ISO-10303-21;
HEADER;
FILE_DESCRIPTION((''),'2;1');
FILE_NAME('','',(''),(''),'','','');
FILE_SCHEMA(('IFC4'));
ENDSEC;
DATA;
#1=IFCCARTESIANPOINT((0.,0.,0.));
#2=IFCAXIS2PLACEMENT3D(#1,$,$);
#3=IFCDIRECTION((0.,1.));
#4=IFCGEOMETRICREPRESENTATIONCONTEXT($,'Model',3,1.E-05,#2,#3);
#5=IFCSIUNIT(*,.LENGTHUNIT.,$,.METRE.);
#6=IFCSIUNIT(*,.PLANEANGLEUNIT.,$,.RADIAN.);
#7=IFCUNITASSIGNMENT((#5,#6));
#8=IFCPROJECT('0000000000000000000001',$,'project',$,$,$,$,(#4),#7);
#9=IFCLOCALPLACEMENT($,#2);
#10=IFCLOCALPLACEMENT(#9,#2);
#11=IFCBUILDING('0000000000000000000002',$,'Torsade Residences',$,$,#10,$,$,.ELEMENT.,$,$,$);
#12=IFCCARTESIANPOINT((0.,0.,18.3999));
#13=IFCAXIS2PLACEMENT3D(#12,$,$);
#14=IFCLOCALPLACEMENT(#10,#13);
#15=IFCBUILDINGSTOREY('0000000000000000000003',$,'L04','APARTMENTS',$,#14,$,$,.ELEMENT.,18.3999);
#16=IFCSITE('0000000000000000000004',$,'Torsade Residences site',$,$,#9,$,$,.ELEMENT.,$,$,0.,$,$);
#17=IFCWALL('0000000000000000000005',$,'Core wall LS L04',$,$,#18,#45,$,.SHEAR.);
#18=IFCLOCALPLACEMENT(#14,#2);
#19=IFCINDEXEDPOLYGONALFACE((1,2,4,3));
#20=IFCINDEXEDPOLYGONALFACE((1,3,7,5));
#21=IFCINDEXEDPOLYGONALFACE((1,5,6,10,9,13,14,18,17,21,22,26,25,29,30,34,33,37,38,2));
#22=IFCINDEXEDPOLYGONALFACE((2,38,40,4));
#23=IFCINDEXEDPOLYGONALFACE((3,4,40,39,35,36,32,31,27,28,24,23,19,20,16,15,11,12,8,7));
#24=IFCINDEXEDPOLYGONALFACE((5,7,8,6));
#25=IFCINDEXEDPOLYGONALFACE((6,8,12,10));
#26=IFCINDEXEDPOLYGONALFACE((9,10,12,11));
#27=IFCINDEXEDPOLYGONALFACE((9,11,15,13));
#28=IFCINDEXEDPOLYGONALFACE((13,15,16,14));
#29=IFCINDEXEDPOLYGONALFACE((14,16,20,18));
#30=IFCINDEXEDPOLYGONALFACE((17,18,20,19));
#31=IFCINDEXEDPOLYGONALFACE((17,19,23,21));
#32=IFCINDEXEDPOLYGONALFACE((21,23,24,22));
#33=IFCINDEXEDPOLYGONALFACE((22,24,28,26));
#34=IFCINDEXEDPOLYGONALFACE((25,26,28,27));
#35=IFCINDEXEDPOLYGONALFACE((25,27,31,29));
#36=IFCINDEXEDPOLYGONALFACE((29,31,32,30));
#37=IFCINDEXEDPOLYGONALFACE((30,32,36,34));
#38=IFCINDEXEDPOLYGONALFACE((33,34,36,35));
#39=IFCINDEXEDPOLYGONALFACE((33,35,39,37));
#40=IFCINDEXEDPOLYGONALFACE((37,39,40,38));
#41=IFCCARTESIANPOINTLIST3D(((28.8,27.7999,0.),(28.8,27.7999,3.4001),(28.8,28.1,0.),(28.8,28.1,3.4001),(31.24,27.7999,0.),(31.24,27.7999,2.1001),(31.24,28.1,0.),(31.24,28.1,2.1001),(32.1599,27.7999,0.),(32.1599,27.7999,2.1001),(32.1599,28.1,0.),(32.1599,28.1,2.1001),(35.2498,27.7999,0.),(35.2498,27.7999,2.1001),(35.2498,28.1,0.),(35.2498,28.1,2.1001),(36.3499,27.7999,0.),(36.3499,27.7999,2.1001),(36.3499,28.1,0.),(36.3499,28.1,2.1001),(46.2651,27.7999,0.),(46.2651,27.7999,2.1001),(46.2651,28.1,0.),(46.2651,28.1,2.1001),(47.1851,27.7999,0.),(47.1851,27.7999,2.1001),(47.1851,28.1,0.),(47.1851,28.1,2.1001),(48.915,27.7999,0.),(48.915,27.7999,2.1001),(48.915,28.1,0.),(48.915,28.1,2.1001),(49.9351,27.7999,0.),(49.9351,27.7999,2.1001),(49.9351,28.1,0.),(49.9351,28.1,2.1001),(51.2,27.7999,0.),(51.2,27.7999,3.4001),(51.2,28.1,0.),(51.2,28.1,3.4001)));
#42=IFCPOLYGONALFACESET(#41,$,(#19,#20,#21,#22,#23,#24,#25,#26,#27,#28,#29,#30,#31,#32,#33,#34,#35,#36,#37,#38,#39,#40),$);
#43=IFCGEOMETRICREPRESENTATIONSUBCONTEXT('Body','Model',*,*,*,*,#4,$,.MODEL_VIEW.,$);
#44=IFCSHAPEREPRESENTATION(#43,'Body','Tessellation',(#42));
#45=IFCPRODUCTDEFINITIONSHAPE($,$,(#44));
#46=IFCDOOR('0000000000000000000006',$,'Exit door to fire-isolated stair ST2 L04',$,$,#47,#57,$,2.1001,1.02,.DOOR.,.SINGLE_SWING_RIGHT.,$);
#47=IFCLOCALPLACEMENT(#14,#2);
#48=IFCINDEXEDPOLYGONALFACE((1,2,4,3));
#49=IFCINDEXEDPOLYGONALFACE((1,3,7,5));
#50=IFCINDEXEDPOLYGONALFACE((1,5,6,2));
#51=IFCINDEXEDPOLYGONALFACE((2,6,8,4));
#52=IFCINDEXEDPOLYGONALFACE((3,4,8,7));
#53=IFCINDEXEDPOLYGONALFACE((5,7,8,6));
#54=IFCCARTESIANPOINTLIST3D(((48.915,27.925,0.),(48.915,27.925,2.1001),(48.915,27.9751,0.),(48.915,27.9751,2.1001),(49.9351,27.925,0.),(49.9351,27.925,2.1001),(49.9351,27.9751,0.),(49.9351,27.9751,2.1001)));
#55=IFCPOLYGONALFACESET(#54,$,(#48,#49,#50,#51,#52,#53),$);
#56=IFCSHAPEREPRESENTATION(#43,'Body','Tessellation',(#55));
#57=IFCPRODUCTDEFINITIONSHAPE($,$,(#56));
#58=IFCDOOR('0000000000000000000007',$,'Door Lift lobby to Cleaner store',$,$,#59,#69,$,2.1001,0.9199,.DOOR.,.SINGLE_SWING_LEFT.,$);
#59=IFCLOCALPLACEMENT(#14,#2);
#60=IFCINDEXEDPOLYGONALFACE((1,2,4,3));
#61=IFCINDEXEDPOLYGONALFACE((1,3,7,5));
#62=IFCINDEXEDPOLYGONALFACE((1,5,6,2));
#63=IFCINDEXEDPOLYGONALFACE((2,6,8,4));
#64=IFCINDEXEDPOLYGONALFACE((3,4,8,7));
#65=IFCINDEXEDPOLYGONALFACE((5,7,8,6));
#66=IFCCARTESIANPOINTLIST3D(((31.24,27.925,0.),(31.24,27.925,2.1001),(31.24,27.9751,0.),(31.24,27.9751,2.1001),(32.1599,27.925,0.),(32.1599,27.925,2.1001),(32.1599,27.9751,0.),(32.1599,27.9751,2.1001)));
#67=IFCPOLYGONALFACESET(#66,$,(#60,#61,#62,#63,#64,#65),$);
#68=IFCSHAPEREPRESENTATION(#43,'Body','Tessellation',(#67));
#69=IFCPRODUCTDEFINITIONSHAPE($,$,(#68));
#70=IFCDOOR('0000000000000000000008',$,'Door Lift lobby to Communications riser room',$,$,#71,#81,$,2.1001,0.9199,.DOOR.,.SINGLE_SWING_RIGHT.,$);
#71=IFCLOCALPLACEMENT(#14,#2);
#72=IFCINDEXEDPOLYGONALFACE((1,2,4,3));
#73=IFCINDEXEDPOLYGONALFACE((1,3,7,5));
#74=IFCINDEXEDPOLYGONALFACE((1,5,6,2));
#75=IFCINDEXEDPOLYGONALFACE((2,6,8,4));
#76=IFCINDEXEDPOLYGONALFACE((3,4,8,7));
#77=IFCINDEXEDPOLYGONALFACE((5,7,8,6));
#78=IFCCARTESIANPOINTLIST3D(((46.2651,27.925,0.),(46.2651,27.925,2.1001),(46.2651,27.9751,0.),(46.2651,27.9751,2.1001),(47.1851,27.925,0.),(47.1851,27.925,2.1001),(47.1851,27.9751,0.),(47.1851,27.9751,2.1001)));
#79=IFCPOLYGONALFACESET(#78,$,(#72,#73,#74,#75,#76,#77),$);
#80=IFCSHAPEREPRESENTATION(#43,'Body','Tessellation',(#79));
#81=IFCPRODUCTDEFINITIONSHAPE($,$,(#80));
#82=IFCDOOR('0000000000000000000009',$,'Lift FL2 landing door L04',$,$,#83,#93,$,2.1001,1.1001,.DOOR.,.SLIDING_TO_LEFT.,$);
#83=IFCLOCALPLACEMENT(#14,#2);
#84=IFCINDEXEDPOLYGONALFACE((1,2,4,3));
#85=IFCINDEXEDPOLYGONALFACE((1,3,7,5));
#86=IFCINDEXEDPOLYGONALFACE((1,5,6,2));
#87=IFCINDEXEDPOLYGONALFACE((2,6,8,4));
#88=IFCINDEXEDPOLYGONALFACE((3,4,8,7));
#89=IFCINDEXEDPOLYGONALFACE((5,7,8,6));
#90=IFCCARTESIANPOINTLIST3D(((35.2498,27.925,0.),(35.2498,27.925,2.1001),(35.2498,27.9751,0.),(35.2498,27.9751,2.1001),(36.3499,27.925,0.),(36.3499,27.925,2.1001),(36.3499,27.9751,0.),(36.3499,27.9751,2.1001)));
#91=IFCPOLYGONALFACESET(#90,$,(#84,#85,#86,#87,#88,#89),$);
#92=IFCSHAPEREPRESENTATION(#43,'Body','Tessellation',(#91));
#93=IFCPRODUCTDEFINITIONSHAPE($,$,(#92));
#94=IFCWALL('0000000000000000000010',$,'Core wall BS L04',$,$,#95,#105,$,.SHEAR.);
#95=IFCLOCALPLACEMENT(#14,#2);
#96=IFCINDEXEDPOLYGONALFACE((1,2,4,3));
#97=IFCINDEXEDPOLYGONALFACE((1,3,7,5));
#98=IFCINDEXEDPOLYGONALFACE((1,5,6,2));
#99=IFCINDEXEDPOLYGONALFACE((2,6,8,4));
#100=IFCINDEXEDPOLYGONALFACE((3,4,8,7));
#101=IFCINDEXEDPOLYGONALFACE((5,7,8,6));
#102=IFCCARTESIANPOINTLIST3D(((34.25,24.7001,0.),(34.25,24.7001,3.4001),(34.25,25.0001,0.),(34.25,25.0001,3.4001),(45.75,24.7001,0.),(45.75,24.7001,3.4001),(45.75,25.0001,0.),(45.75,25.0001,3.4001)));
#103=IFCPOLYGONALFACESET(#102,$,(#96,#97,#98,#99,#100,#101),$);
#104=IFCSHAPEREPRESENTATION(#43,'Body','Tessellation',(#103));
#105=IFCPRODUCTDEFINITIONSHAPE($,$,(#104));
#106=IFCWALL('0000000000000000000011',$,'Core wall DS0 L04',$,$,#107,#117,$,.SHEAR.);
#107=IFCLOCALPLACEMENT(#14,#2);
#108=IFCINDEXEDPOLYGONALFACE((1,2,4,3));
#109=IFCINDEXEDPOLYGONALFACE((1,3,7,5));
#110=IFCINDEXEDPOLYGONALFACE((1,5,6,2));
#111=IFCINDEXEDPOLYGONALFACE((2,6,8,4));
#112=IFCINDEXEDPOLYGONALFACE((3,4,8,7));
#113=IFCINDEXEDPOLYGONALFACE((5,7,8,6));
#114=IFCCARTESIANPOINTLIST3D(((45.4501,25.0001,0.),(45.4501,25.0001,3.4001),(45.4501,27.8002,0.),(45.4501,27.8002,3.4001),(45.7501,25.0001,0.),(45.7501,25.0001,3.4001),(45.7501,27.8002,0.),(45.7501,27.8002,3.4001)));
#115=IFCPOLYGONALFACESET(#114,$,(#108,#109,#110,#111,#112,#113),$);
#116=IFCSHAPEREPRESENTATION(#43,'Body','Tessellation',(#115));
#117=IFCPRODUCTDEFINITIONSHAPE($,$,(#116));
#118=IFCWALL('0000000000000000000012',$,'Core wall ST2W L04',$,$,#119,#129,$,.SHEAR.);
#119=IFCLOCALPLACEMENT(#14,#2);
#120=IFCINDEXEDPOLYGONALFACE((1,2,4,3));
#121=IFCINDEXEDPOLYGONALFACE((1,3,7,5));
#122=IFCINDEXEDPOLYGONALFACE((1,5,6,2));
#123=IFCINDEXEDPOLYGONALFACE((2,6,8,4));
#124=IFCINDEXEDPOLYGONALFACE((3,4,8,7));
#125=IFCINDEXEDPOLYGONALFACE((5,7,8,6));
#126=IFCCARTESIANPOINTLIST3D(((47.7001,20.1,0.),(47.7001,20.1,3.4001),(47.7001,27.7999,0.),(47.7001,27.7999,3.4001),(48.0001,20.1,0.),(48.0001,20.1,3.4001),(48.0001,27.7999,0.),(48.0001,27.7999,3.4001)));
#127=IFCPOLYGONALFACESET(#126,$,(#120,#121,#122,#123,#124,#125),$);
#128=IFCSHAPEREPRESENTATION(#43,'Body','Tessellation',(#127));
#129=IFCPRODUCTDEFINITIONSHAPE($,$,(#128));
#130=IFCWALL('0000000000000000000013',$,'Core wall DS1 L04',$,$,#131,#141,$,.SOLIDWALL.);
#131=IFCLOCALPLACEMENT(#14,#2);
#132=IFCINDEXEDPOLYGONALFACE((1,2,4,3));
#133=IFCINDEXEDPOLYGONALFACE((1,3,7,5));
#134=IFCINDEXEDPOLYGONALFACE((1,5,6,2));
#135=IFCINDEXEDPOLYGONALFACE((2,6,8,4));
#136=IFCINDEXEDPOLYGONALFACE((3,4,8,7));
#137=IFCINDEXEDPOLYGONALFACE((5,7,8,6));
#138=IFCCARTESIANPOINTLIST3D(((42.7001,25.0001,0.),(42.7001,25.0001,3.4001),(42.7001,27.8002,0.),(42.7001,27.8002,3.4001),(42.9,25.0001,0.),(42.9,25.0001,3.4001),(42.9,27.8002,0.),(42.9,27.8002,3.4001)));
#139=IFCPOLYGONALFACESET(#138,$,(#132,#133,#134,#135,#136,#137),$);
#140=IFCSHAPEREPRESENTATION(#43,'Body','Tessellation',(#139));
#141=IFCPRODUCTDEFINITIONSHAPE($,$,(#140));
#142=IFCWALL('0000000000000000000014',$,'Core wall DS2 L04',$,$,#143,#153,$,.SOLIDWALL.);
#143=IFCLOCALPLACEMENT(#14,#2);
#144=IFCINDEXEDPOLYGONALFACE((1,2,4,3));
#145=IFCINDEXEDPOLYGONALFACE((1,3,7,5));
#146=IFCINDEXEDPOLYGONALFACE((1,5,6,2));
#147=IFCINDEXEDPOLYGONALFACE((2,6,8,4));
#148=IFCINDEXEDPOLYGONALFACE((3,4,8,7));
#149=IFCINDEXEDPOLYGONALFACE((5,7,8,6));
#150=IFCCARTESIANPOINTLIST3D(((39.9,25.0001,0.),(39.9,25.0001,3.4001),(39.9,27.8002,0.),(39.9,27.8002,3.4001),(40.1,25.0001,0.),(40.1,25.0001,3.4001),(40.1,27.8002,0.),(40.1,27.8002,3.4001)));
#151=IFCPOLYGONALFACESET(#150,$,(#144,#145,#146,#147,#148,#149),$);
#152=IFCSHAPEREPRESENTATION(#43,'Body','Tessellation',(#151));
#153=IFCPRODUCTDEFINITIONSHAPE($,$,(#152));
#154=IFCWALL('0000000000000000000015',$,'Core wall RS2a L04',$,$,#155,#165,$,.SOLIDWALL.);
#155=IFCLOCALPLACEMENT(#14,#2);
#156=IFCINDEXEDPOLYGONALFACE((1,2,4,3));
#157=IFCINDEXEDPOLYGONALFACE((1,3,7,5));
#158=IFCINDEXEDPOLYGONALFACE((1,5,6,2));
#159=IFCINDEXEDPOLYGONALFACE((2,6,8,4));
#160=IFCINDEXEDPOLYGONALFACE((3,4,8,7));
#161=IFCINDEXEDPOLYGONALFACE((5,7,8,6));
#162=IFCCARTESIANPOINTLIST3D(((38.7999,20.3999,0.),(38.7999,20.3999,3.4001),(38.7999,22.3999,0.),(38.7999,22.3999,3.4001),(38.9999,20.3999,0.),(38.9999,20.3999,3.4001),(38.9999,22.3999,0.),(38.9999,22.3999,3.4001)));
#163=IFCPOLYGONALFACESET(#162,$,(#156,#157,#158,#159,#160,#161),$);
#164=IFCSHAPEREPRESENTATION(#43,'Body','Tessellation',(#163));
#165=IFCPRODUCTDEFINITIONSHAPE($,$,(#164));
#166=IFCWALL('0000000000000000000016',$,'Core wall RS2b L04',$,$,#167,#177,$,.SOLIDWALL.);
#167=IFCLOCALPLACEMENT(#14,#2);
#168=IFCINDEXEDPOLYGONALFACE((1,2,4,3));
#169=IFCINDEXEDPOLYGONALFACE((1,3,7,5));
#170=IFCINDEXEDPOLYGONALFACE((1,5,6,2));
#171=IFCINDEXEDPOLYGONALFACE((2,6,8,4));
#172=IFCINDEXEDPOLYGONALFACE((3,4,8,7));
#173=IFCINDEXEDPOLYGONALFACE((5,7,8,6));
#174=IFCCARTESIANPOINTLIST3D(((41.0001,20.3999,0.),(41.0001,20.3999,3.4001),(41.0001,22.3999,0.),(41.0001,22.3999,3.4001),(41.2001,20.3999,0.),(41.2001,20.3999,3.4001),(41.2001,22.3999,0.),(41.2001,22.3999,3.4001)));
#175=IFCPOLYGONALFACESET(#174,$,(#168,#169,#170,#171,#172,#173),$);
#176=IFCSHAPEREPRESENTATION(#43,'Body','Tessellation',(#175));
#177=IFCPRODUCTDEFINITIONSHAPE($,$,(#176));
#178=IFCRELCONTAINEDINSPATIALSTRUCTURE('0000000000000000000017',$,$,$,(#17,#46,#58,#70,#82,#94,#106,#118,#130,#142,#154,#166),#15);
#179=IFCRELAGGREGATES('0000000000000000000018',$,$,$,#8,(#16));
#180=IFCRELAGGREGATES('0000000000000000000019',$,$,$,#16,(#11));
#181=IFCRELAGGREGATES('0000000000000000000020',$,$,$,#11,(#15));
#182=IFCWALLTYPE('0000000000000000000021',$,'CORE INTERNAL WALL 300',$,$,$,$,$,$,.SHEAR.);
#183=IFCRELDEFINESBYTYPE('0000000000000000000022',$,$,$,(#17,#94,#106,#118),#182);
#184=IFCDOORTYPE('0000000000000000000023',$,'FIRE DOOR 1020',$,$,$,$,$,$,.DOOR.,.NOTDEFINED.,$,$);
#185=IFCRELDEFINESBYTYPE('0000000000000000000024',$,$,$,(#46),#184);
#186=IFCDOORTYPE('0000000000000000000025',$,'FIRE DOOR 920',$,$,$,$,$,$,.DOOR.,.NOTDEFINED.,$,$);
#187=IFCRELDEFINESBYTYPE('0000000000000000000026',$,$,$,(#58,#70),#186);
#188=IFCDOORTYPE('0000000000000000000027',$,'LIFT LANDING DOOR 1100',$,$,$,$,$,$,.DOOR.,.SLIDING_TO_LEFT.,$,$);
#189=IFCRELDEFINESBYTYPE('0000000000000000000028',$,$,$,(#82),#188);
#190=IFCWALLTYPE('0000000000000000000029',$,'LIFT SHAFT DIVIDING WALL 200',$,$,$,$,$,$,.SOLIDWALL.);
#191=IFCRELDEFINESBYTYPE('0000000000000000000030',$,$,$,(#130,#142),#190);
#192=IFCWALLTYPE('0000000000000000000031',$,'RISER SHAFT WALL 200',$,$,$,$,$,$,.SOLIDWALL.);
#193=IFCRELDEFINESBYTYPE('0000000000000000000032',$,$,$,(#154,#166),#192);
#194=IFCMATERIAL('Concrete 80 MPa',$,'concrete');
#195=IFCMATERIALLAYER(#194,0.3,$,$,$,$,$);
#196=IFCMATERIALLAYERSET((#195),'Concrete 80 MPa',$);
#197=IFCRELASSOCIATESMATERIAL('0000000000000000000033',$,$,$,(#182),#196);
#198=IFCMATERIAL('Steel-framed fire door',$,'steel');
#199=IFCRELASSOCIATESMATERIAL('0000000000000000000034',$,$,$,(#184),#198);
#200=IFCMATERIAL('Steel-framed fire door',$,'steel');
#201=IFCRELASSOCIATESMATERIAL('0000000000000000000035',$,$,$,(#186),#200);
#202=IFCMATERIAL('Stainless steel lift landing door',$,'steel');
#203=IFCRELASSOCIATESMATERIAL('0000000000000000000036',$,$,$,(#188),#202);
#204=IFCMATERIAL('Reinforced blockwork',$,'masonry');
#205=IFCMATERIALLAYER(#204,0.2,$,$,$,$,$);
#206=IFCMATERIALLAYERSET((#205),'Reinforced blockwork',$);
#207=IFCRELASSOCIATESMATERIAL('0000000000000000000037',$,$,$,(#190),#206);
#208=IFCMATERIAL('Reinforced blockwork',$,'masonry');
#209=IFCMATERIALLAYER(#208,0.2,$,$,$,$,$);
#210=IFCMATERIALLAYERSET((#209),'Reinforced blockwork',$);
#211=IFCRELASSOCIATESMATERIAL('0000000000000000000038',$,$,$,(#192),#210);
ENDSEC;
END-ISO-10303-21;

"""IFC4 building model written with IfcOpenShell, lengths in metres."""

from ifc_helpers import new_model, si_unit, direction, frame, frame_2d, origin, place, context, subcontext, project, spatial, rectangle, extrude, material, layer, layer_set, type_object, element, fill, save


model = new_model("IFC4")

# Units and contexts
model_context = context("Model", 3, precision=1e-05, world=origin(), true_north=direction((0.0, 1.0)))
body_context = subcontext(model_context, "Body", "Model", "MODEL_VIEW")
ifc_project = project(units=[si_unit("LENGTHUNIT", "METRE"), si_unit("PLANEANGLEUNIT", "RADIAN")], contexts=[model_context])

# Site, building, storey
site_placement = place(None, origin())
site = spatial("IfcSite", under=ifc_project, at=site_placement, Name="Torsade Residences site", CompositionType="ELEMENT", RefElevation=0.0)
building_placement = place(site_placement, origin())
building = spatial("IfcBuilding", under=site, at=building_placement, Name="Torsade Residences", CompositionType="ELEMENT")
storey_placement = place(building_placement, frame((0.0, 0.0, 18.3999)))
storey = spatial("IfcBuildingStorey", under=building, at=storey_placement, Name="L04", Description="APARTMENTS", CompositionType="ELEMENT", Elevation=18.3999)

# Wall, openings, doors
ifc_material_1 = material(Name="Concrete 80 MPa", Category="concrete")
ifc_layer_1 = layer(ifc_material_1, 0.3)
ifc_layer_set_1 = layer_set([ifc_layer_1], Name="Concrete 80 MPa")
wall_type_1 = type_object("IfcWallType", Name="CORE INTERNAL WALL 300", PredefinedType="SHEAR", material=ifc_layer_set_1)
wall_1_placement = place(storey_placement, frame((51.2, 27.95, 0.0), z_axis=(0.0, 0.0, 1.0), x_axis=(-1.0, 0.0, 0.0)))
wall_1 = element("IfcWall", 1, at=wall_1_placement, inside=storey, type_object=wall_type_1, Name="Core wall LS L04", PredefinedType="SHEAR", context=body_context, shape_type="SweptSolid", body=[
    extrude(rectangle(XDim=22.3999, YDim=0.3, at=frame_2d((11.2, 0.0))), origin(), (0.0, 0.0, 1.0), 3.4001),
])
opening_1_placement = place(wall_1_placement, frame((19.04, 0.0, 0.0)))
opening_1 = element("IfcOpeningElement", 2, at=opening_1_placement, cuts=wall_1, PredefinedType="OPENING", context=body_context, shape_type="SweptSolid", body=[
    extrude(rectangle(XDim=0.9199, YDim=2.1001, at=frame_2d((0.46, 1.05))), frame((0.0, 0.1599, 0.0), z_axis=(0.0, -1.0, 0.0), x_axis=(1.0, 0.0, 0.0)), (0.0, 0.0, 1.0), 0.3201),
])
opening_2_placement = place(wall_1_placement, frame((1.2649, 0.0, 0.0)))
opening_2 = element("IfcOpeningElement", 3, at=opening_2_placement, cuts=wall_1, PredefinedType="OPENING", context=body_context, shape_type="SweptSolid", body=[
    extrude(rectangle(XDim=1.02, YDim=2.1001, at=frame_2d((0.51, 1.05))), frame((0.0, 0.1599, 0.0), z_axis=(0.0, -1.0, 0.0), x_axis=(1.0, 0.0, 0.0)), (0.0, 0.0, 1.0), 0.3201),
])
opening_3_placement = place(wall_1_placement, frame((4.0149, 0.0, 0.0)))
opening_3 = element("IfcOpeningElement", 4, at=opening_3_placement, cuts=wall_1, PredefinedType="OPENING", context=body_context, shape_type="SweptSolid", body=[
    extrude(rectangle(XDim=0.9199, YDim=2.1001, at=frame_2d((0.46, 1.05))), frame((0.0, 0.1599, 0.0), z_axis=(0.0, -1.0, 0.0), x_axis=(1.0, 0.0, 0.0)), (0.0, 0.0, 1.0), 0.3201),
])
opening_4_placement = place(wall_1_placement, frame((14.8501, 0.0, 0.0)))
opening_4 = element("IfcOpeningElement", 5, at=opening_4_placement, cuts=wall_1, PredefinedType="OPENING", context=body_context, shape_type="SweptSolid", body=[
    extrude(rectangle(XDim=1.1001, YDim=2.1001, at=frame_2d((0.55, 1.05))), frame((0.0, 0.1599, 0.0), z_axis=(0.0, -1.0, 0.0), x_axis=(1.0, 0.0, 0.0)), (0.0, 0.0, 1.0), 0.3201),
])
ifc_material_2 = material(Name="Steel-framed fire door", Category="steel")
door_type_1 = type_object("IfcDoorType", Name="FIRE DOOR 1020", OperationType="NOTDEFINED", PredefinedType="DOOR", material=ifc_material_2)
door_1_placement = place(opening_2_placement, origin())
door_1 = element("IfcDoor", 6, at=door_1_placement, inside=storey, type_object=door_type_1, Name="Exit door to fire-isolated stair ST2 L04", OperationType="SINGLE_SWING_RIGHT", OverallHeight=2.1001, OverallWidth=1.02, PredefinedType="DOOR", context=body_context, shape_type="SweptSolid", body=[
    extrude(rectangle(XDim=1.02, YDim=2.1001, at=frame_2d((0.51, 1.05))), frame((0.0, 0.0249, 0.0), z_axis=(0.0, -1.0, 0.0), x_axis=(1.0, 0.0, 0.0)), (0.0, 0.0, 1.0), 0.05),
])
fill(opening_2, door_1)
ifc_material_3 = material(Name="Steel-framed fire door", Category="steel")
door_type_2 = type_object("IfcDoorType", Name="FIRE DOOR 920", OperationType="NOTDEFINED", PredefinedType="DOOR", material=ifc_material_3)
door_2_placement = place(opening_1_placement, origin())
door_2 = element("IfcDoor", 7, at=door_2_placement, inside=storey, type_object=door_type_2, Name="Door Lift lobby to Cleaner store", OperationType="SINGLE_SWING_LEFT", OverallHeight=2.1001, OverallWidth=0.9199, PredefinedType="DOOR", context=body_context, shape_type="SweptSolid", body=[
    extrude(rectangle(XDim=0.9199, YDim=2.1001, at=frame_2d((0.46, 1.05))), frame((0.0, 0.0249, 0.0), z_axis=(0.0, -1.0, 0.0), x_axis=(1.0, 0.0, 0.0)), (0.0, 0.0, 1.0), 0.05),
])
fill(opening_1, door_2)
door_3_placement = place(opening_3_placement, origin())
door_3 = element("IfcDoor", 8, at=door_3_placement, inside=storey, type_object=door_type_2, Name="Door Lift lobby to Communications riser room", OperationType="SINGLE_SWING_RIGHT", OverallHeight=2.1001, OverallWidth=0.9199, PredefinedType="DOOR", context=body_context, shape_type="SweptSolid", body=[
    extrude(rectangle(XDim=0.9199, YDim=2.1001, at=frame_2d((0.46, 1.05))), frame((0.0, 0.0249, 0.0), z_axis=(0.0, -1.0, 0.0), x_axis=(1.0, 0.0, 0.0)), (0.0, 0.0, 1.0), 0.05),
])
fill(opening_3, door_3)
ifc_material_4 = material(Name="Stainless steel lift landing door", Category="steel")
door_type_3 = type_object("IfcDoorType", Name="LIFT LANDING DOOR 1100", OperationType="SLIDING_TO_LEFT", PredefinedType="DOOR", material=ifc_material_4)
door_4_placement = place(opening_4_placement, origin())
door_4 = element("IfcDoor", 9, at=door_4_placement, inside=storey, type_object=door_type_3, Name="Lift FL2 landing door L04", OperationType="SLIDING_TO_LEFT", OverallHeight=2.1001, OverallWidth=1.1001, PredefinedType="DOOR", context=body_context, shape_type="SweptSolid", body=[
    extrude(rectangle(XDim=1.1001, YDim=2.1001, at=frame_2d((0.55, 1.05))), frame((0.0, 0.0249, 0.0), z_axis=(0.0, -1.0, 0.0), x_axis=(1.0, 0.0, 0.0)), (0.0, 0.0, 1.0), 0.05),
])
fill(opening_4, door_4)

# Walls
wall_2_placement = place(storey_placement, frame((45.75, 24.8501, 0.0), z_axis=(0.0, 0.0, 1.0), x_axis=(-1.0, 0.0, 0.0)))
element("IfcWall", 10, at=wall_2_placement, inside=storey, type_object=wall_type_1, Name="Core wall BS L04", PredefinedType="SHEAR", context=body_context, shape_type="SweptSolid", body=[
    extrude(rectangle(XDim=11.5, YDim=0.3, at=frame_2d((5.75, 0.0))), origin(), (0.0, 0.0, 1.0), 3.4001),
])
wall_3_placement = place(storey_placement, frame((45.6001, 27.8, 0.0), z_axis=(0.0, 0.0, 1.0), x_axis=(0.0, -1.0, 0.0)))
element("IfcWall", 11, at=wall_3_placement, inside=storey, type_object=wall_type_1, Name="Core wall DS0 L04", PredefinedType="SHEAR", context=body_context, shape_type="SweptSolid", body=[
    extrude(rectangle(XDim=2.8, YDim=0.3, at=frame_2d((1.3999, 0.0))), origin(), (0.0, 0.0, 1.0), 3.4001),
])
wall_4_placement = place(storey_placement, frame((47.8501, 27.8, 0.0), z_axis=(0.0, 0.0, 1.0), x_axis=(0.0, -1.0, 0.0)))
element("IfcWall", 12, at=wall_4_placement, inside=storey, type_object=wall_type_1, Name="Core wall ST2W L04", PredefinedType="SHEAR", context=body_context, shape_type="SweptSolid", body=[
    extrude(rectangle(XDim=7.7, YDim=0.3, at=frame_2d((3.8501, 0.0))), origin(), (0.0, 0.0, 1.0), 3.4001),
])
ifc_material_5 = material(Name="Reinforced blockwork", Category="masonry")
ifc_layer_2 = layer(ifc_material_5, 0.2)
ifc_layer_set_2 = layer_set([ifc_layer_2], Name="Reinforced blockwork")
wall_type_2 = type_object("IfcWallType", Name="LIFT SHAFT DIVIDING WALL 200", PredefinedType="SOLIDWALL", material=ifc_layer_set_2)
for number, where, z_axis, x_axis, name in (
    (13, (42.8, 27.8, 0.0), (0.0, 0.0, 1.0), (0.0, -1.0, 0.0), "Core wall DS1 L04"),
    (14, (40.0, 27.8, 0.0), (0.0, 0.0, 1.0), (0.0, -1.0, 0.0), "Core wall DS2 L04"),
):
    element("IfcWall", number, at=place(storey_placement, frame(where, z_axis=z_axis, x_axis=x_axis)), inside=storey, type_object=wall_type_2, Name=name, PredefinedType="SOLIDWALL", context=body_context, shape_type="SweptSolid", body=[
        extrude(rectangle(XDim=2.8, YDim=0.2, at=frame_2d((1.3999, 0.0))), origin(), (0.0, 0.0, 1.0), 3.4001),
    ])
ifc_material_6 = material(Name="Reinforced blockwork", Category="masonry")
ifc_layer_3 = layer(ifc_material_6, 0.2)
ifc_layer_set_3 = layer_set([ifc_layer_3], Name="Reinforced blockwork")
wall_type_3 = type_object("IfcWallType", Name="RISER SHAFT WALL 200", PredefinedType="SOLIDWALL", material=ifc_layer_set_3)
for number, where, z_axis, x_axis, name in (
    (15, (38.8999, 22.3999, 0.0), (0.0, 0.0, 1.0), (0.0, -1.0, 0.0), "Core wall RS2a L04"),
    (16, (41.1001, 22.3999, 0.0), (0.0, 0.0, 1.0), (0.0, -1.0, 0.0), "Core wall RS2b L04"),
):
    element("IfcWall", number, at=place(storey_placement, frame(where, z_axis=z_axis, x_axis=x_axis)), inside=storey, type_object=wall_type_3, Name=name, PredefinedType="SOLIDWALL", context=body_context, shape_type="SweptSolid", body=[
        extrude(rectangle(XDim=2.0, YDim=0.2, at=frame_2d((1.0, 0.0))), origin(), (0.0, 0.0, 1.0), 3.4001),
    ])

save(model, "model.ifc")
